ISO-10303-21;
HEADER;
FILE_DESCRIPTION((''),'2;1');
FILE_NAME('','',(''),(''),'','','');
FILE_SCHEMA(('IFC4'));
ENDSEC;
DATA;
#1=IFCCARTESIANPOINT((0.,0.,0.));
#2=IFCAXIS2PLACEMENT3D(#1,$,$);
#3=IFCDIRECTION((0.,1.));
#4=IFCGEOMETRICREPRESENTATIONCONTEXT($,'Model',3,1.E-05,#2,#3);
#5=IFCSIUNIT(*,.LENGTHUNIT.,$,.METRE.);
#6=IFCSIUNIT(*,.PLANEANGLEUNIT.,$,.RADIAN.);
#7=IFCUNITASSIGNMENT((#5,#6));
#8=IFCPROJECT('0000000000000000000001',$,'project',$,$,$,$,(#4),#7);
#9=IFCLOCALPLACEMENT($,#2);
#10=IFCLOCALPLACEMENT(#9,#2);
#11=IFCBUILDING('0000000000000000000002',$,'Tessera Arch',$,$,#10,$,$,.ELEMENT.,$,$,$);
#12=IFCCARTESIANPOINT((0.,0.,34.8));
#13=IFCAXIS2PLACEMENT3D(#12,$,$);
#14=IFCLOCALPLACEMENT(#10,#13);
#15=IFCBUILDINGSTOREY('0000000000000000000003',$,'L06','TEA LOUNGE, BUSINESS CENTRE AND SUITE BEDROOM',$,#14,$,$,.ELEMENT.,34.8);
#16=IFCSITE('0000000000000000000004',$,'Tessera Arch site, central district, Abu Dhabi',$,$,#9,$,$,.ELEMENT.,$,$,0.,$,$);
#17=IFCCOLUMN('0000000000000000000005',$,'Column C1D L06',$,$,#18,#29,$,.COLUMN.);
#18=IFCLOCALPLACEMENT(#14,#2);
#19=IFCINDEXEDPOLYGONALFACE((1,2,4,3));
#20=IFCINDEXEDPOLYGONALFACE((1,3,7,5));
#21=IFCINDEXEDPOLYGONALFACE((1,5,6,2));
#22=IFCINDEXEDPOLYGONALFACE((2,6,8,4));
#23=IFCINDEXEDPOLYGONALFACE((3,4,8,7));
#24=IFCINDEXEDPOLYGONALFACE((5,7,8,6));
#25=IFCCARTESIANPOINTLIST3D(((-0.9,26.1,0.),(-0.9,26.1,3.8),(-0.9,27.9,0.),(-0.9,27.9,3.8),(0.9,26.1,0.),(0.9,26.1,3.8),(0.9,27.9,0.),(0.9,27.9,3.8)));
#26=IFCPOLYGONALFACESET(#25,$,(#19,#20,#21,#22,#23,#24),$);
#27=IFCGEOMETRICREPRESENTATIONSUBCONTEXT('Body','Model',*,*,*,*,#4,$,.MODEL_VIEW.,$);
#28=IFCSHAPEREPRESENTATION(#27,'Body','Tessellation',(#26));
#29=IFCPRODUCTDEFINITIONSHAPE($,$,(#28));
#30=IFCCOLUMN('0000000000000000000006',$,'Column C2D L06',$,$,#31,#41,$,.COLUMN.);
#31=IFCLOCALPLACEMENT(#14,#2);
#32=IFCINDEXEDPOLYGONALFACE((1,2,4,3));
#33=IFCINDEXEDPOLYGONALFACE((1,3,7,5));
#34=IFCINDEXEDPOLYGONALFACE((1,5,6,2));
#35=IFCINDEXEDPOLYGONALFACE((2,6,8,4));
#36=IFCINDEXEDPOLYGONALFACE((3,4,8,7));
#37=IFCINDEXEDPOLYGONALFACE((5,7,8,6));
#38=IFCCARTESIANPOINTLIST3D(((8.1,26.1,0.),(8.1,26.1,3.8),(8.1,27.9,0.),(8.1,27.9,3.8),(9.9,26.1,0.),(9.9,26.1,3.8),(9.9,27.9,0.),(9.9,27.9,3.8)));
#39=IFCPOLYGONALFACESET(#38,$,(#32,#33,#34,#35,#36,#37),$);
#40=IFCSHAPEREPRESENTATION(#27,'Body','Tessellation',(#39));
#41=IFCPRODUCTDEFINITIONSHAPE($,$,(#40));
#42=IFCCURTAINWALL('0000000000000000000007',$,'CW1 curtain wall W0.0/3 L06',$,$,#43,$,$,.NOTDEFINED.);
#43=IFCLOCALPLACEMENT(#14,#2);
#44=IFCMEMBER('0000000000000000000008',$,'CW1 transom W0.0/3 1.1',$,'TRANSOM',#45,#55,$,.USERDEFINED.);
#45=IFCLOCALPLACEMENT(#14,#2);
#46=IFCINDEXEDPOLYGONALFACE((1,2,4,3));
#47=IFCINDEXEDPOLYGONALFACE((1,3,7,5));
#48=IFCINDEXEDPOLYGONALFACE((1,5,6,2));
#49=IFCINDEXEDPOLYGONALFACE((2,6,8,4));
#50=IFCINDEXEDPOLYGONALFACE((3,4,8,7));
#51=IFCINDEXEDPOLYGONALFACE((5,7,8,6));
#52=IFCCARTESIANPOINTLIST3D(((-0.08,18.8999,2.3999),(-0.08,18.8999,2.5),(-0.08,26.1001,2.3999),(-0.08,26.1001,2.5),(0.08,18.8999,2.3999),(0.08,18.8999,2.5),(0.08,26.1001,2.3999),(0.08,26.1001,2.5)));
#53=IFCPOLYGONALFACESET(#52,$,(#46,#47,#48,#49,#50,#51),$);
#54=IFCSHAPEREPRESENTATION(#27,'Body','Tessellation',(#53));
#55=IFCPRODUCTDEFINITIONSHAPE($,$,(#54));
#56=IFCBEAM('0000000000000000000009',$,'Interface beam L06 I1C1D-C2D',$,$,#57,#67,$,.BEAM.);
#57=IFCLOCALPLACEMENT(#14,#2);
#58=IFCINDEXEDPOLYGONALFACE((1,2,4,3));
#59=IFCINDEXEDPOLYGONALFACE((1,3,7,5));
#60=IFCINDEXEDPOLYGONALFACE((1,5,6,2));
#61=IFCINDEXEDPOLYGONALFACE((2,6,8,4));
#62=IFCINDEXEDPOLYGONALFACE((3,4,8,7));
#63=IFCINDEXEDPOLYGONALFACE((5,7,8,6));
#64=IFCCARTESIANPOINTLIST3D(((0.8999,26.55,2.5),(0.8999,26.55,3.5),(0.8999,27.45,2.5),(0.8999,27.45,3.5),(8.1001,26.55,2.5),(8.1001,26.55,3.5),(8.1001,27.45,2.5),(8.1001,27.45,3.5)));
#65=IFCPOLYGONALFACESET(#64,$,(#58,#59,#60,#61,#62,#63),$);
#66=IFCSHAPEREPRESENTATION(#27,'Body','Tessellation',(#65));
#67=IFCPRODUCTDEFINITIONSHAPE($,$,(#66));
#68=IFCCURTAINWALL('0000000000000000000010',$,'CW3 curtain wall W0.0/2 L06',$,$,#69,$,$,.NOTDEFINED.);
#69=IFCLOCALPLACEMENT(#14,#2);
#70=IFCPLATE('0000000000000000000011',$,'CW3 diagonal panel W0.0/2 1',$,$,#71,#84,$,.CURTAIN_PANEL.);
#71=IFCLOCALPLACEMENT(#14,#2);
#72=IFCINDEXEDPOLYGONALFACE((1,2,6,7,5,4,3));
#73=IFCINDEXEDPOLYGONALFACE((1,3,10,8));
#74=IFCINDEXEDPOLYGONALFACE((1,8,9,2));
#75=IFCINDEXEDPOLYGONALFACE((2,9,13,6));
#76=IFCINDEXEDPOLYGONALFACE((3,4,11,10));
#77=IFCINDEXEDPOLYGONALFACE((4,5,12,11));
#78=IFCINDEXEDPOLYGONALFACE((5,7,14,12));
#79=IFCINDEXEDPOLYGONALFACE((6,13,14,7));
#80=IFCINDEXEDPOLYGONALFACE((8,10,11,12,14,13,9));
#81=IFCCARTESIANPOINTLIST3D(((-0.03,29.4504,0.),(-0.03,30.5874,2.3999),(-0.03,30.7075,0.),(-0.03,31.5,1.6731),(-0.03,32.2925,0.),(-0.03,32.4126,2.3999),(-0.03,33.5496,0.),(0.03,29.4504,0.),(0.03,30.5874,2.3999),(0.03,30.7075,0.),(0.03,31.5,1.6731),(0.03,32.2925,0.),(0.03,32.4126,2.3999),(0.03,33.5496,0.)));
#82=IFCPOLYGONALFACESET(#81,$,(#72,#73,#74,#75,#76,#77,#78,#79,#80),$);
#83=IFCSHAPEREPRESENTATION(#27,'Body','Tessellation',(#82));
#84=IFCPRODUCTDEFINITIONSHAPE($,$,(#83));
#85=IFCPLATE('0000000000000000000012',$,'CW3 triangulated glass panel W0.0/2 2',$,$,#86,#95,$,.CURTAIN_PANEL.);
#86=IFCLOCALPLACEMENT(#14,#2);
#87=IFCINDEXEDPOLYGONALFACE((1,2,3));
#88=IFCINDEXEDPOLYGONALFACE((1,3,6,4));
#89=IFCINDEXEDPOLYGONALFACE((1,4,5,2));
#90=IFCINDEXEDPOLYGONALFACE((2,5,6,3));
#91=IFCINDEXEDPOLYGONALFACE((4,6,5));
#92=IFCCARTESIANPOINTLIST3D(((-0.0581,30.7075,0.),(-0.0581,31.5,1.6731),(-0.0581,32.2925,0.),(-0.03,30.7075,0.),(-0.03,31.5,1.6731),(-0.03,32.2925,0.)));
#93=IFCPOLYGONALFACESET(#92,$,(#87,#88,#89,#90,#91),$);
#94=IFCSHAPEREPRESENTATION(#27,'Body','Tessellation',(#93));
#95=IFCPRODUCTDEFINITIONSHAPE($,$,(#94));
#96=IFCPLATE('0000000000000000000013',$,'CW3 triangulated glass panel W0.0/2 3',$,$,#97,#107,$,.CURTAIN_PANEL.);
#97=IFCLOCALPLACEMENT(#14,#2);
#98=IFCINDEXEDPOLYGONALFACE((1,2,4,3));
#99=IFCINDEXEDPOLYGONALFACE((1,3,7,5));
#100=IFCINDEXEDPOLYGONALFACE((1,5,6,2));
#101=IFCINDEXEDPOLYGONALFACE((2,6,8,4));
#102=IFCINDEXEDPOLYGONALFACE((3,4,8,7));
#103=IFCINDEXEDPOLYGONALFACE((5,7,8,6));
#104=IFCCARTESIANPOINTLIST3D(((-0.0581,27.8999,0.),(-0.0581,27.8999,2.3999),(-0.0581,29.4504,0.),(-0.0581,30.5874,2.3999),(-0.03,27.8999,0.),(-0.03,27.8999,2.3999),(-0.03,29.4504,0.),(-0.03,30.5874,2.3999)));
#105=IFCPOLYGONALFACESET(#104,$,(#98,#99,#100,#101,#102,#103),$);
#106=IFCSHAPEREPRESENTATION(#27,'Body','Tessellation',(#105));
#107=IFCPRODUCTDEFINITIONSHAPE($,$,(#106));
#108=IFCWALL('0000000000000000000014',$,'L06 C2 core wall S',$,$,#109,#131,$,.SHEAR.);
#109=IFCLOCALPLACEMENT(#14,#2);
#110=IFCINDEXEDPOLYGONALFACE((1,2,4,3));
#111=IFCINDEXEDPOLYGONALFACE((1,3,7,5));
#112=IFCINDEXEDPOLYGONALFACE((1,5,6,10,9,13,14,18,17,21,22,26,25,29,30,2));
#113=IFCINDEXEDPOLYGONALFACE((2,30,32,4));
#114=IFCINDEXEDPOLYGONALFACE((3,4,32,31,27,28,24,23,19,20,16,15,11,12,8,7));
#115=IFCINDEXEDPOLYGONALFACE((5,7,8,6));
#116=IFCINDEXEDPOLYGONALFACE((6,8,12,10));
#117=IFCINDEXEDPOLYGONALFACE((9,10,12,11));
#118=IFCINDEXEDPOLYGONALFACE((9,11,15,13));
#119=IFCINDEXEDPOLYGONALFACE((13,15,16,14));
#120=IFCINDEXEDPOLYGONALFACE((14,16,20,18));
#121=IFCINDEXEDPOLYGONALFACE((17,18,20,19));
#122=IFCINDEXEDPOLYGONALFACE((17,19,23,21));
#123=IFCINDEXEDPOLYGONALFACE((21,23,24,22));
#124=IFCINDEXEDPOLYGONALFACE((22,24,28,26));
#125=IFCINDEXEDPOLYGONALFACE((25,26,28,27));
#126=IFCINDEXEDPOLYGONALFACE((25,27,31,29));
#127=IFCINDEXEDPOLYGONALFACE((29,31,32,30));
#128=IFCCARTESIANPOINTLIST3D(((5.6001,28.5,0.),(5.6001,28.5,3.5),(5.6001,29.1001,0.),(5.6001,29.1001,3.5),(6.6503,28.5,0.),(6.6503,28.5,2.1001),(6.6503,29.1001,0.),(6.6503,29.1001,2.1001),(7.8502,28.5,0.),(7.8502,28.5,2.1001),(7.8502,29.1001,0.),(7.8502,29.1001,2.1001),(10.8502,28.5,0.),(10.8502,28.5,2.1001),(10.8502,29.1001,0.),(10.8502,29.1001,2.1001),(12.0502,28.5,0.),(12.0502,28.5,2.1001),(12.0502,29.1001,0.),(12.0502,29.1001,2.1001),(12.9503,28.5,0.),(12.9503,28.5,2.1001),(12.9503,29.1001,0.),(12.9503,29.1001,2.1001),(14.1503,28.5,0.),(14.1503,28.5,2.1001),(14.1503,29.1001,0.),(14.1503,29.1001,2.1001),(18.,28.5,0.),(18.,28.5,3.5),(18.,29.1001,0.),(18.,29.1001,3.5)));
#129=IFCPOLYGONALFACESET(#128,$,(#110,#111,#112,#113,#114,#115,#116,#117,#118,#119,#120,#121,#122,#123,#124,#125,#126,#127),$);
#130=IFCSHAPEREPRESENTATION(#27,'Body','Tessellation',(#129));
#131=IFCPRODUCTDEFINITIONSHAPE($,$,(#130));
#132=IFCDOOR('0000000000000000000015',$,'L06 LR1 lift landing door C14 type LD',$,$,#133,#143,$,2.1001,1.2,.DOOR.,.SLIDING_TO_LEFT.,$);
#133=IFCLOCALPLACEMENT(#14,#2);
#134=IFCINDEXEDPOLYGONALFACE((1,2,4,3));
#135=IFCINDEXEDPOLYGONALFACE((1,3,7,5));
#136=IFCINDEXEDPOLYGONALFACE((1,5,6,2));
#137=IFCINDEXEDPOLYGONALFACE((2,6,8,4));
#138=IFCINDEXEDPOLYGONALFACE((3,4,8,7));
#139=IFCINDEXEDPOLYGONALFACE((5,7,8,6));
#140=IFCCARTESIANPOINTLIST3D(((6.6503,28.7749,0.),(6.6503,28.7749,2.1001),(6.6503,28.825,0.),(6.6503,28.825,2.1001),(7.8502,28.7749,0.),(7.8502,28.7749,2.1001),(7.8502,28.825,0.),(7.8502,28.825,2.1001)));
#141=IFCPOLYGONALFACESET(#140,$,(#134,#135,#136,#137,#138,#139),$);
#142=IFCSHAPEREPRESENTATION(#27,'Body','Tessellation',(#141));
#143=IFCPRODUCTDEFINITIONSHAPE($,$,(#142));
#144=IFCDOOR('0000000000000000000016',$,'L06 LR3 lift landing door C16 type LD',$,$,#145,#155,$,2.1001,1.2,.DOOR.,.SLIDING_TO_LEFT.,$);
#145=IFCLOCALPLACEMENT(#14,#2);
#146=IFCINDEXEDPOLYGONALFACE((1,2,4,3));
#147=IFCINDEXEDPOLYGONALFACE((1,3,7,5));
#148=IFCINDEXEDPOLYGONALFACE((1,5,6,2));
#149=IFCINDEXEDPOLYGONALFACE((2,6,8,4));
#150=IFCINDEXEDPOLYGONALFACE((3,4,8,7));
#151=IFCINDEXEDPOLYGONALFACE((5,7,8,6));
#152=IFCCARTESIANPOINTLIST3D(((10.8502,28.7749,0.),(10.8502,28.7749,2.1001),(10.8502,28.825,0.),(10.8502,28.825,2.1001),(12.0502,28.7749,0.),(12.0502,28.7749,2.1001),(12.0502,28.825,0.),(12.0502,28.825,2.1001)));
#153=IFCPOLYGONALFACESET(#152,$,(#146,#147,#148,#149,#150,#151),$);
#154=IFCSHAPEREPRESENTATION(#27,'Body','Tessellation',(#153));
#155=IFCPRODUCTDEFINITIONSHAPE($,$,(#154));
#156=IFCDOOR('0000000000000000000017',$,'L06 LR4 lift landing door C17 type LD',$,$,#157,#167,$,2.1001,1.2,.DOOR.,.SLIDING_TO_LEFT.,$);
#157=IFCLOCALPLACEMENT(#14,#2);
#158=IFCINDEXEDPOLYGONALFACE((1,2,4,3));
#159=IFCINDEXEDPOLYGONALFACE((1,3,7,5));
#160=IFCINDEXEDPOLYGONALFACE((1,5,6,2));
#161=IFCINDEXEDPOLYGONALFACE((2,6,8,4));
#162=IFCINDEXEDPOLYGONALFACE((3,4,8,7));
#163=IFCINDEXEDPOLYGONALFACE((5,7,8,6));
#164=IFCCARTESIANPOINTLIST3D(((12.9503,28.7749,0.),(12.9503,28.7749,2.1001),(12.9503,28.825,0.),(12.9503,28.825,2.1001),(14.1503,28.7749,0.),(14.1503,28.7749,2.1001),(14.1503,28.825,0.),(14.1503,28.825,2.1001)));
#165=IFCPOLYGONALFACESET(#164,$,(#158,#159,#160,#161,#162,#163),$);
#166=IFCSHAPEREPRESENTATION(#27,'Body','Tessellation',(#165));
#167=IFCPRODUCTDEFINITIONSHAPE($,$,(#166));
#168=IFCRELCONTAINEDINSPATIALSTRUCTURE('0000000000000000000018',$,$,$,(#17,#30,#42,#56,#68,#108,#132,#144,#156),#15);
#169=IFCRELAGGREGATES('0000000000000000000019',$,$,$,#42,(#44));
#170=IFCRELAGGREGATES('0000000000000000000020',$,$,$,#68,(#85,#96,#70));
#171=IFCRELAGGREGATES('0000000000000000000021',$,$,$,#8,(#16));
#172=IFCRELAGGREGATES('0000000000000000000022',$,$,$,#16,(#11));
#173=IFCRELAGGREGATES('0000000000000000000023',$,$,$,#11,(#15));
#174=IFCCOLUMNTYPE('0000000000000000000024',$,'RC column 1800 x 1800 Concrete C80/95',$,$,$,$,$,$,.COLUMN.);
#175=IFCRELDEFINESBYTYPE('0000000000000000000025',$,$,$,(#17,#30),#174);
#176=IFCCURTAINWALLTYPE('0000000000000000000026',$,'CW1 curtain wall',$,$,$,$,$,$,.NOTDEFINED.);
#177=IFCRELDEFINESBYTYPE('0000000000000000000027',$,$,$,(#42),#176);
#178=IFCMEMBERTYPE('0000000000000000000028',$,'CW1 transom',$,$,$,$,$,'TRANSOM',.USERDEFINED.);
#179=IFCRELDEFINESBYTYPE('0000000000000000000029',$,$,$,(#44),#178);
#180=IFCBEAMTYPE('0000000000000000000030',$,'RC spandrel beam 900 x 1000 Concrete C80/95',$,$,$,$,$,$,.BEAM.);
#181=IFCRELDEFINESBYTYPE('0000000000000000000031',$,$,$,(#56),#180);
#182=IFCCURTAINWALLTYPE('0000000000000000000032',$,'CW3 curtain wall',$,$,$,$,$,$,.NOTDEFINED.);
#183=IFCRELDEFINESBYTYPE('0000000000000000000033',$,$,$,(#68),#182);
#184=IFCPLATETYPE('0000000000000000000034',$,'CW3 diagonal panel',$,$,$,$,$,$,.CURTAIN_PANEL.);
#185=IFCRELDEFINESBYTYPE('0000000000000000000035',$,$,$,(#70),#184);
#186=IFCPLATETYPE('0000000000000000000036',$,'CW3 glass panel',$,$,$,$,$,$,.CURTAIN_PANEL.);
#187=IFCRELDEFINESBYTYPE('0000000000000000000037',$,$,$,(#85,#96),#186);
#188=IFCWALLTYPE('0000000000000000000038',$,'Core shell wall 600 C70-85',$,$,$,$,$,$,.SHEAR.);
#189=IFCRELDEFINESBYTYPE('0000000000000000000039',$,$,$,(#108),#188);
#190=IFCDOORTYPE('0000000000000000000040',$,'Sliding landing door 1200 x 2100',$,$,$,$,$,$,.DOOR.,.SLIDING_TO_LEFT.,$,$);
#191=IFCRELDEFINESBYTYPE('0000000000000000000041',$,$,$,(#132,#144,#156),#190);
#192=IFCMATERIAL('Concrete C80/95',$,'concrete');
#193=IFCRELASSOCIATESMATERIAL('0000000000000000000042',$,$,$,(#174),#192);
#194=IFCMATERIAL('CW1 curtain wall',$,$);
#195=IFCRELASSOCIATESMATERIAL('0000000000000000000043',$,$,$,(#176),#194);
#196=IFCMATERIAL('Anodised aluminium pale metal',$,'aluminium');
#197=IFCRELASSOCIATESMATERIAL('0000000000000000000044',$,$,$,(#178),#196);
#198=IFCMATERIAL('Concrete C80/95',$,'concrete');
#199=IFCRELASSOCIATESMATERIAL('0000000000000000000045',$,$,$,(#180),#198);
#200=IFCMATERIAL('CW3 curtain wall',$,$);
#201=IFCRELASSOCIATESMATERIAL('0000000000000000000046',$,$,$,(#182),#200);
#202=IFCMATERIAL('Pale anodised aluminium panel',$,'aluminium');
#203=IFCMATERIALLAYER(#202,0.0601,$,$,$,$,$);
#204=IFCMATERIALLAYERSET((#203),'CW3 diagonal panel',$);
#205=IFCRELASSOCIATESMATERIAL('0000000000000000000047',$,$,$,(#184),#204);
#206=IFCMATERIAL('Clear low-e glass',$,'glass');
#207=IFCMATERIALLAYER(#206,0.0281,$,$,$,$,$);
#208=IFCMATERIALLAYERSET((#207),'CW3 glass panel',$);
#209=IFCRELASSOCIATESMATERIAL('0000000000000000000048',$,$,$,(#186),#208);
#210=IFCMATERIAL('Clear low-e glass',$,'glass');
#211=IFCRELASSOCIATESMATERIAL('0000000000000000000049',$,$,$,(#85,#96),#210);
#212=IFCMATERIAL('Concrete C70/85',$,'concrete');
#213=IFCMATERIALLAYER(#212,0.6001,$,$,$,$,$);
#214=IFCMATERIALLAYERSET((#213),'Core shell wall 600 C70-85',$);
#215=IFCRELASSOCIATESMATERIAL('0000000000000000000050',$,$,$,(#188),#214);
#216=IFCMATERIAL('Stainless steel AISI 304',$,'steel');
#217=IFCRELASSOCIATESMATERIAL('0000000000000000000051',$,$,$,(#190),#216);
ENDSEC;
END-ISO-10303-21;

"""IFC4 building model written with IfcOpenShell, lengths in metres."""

from ifc_helpers import new_model, si_unit, direction, frame, frame_2d, origin, origin_2d, place, context, subcontext, project, spatial, polyline, rectangle, outline, extrude, material, layer, layer_set, material_profile, profile_set, type_object, element, fill, aggregate, save


model = new_model("IFC4")

# Units and contexts
model_context = context("Model", 3, precision=1e-05, world=origin(), true_north=direction((0.0, 1.0)))
body_context = subcontext(model_context, "Body", "Model", "MODEL_VIEW")
ifc_project = project(units=[si_unit("LENGTHUNIT", "METRE"), si_unit("PLANEANGLEUNIT", "RADIAN")], contexts=[model_context])

# Site, building, storey
site_placement = place(None, origin())
site = spatial("IfcSite", under=ifc_project, at=site_placement, Name="Tessera Arch site, central district, Abu Dhabi", CompositionType="ELEMENT", RefElevation=0.0)
building_placement = place(site_placement, origin())
building = spatial("IfcBuilding", under=site, at=building_placement, Name="Tessera Arch", CompositionType="ELEMENT")
storey_placement = place(building_placement, frame((0.0, 0.0, 34.8)))
storey = spatial("IfcBuildingStorey", under=building, at=storey_placement, Name="L06", Description="TEA LOUNGE, BUSINESS CENTRE AND SUITE BEDROOM", CompositionType="ELEMENT", Elevation=34.8)

# Columns
ifc_material_1 = material(Name="Concrete C80/95", Category="concrete")
ifc_material_profile_1 = material_profile(ifc_material_1, rectangle(XDim=1.8, YDim=1.8, at=origin_2d()), Name="RC column 1800 x 1800 Concrete C80/95")
ifc_profile_set_1 = profile_set([ifc_material_profile_1], Name="Concrete C80/95")
column_type = type_object("IfcColumnType", Name="RC column 1800 x 1800 Concrete C80/95", PredefinedType="COLUMN", material=ifc_profile_set_1)
for number, where, z_axis, x_axis, name in (
    (1, (0.0, 27.0, 0.0), (0.0, 0.0, 1.0), (1.0, 0.0, 0.0), "Column C1D L06"),
    (2, (9.0, 27.0, 0.0), (0.0, 0.0, 1.0), (1.0, 0.0, 0.0), "Column C2D L06"),
):
    element("IfcColumn", number, at=place(storey_placement, frame(where, z_axis=z_axis, x_axis=x_axis)), inside=storey, type_object=column_type, Name=name, PredefinedType="COLUMN", context=body_context, shape_type="SweptSolid", body=[
        extrude(rectangle(XDim=1.8, YDim=1.8, at=origin_2d()), origin(), (0.0, 0.0, 1.0), 3.8),
    ])

# Curtain wall, member
ifc_material_2 = material(Name="CW1 curtain wall")
curtain_wall_type_1 = type_object("IfcCurtainWallType", Name="CW1 curtain wall", PredefinedType="NOTDEFINED", material=ifc_material_2)
curtain_wall_1_placement = place(storey_placement, origin())
curtain_wall_1 = element("IfcCurtainWall", 3, at=curtain_wall_1_placement, inside=storey, type_object=curtain_wall_type_1, Name="CW1 curtain wall W0.0/3 L06", PredefinedType="NOTDEFINED")
ifc_material_3 = material(Name="Anodised aluminium pale metal", Category="aluminium")
ifc_material_profile_2 = material_profile(ifc_material_3, rectangle(XDim=0.1599, YDim=0.1001, at=origin_2d()), Name="AL 160x100")
ifc_profile_set_2 = profile_set([ifc_material_profile_2], Name="Anodised aluminium pale metal")
member_type = type_object("IfcMemberType", Name="CW1 transom", ElementType="TRANSOM", PredefinedType="USERDEFINED", material=ifc_profile_set_2)
member_placement = place(storey_placement, frame((0.0, 26.1001, 2.45), z_axis=(0.0, -1.0, 0.0), x_axis=(1.0, 0.0, 0.0)))
member = element("IfcMember", 4, at=member_placement, type_object=member_type, Name="CW1 transom W0.0/3 1.1", ObjectType="TRANSOM", PredefinedType="USERDEFINED", context=body_context, shape_type="SweptSolid", body=[
    extrude(rectangle(XDim=0.1599, YDim=0.1001, at=origin_2d()), origin(), (0.0, 0.0, 1.0), 7.2002),
])
aggregate(curtain_wall_1, [member])

# Beam
ifc_material_4 = material(Name="Concrete C80/95", Category="concrete")
ifc_material_profile_3 = material_profile(ifc_material_4, rectangle(XDim=0.8999, YDim=1.0, at=origin_2d()), Name="RC spandrel beam 900 x 1000 Concrete C80/95")
ifc_profile_set_3 = profile_set([ifc_material_profile_3], Name="Concrete C80/95")
beam_type = type_object("IfcBeamType", Name="RC spandrel beam 900 x 1000 Concrete C80/95", PredefinedType="BEAM", material=ifc_profile_set_3)
beam_placement = place(storey_placement, frame((0.8999, 27.0, 3.0), z_axis=(1.0, 0.0, 0.0), x_axis=(0.0, 1.0, 0.0)))
element("IfcBeam", 5, at=beam_placement, inside=storey, type_object=beam_type, Name="Interface beam L06 I1C1D-C2D", PredefinedType="BEAM", context=body_context, shape_type="SweptSolid", body=[
    extrude(rectangle(XDim=0.8999, YDim=1.0, at=origin_2d()), origin(), (0.0, 0.0, 1.0), 7.2002),
])

# Curtain wall, plates
ifc_material_5 = material(Name="CW3 curtain wall")
curtain_wall_type_2 = type_object("IfcCurtainWallType", Name="CW3 curtain wall", PredefinedType="NOTDEFINED", material=ifc_material_5)
curtain_wall_2_placement = place(storey_placement, origin())
curtain_wall_2 = element("IfcCurtainWall", 6, at=curtain_wall_2_placement, inside=storey, type_object=curtain_wall_type_2, Name="CW3 curtain wall W0.0/2 L06", PredefinedType="NOTDEFINED")
ifc_material_6 = material(Name="Pale anodised aluminium panel", Category="aluminium")
ifc_layer_1 = layer(ifc_material_6, 0.0601)
ifc_layer_set_1 = layer_set([ifc_layer_1], Name="CW3 diagonal panel")
plate_type_1 = type_object("IfcPlateType", Name="CW3 diagonal panel", PredefinedType="CURTAIN_PANEL", material=ifc_layer_set_1)
plate_1_placement = place(storey_placement, frame((-0.03, 30.5874, 2.3999), z_axis=(-1.0, 0.0, 0.0), x_axis=(0.0, 1.0, 0.0)))
plate_1 = element("IfcPlate", 7, at=plate_1_placement, type_object=plate_type_1, Name="CW3 diagonal panel W0.0/2 1", PredefinedType="CURTAIN_PANEL", context=body_context, shape_type="SweptSolid", body=[
    extrude(outline(polyline([(0.0, 0.0), (1.8252, 0.0), (2.9622, 2.3999), (1.7051, 2.3999), (0.9126, 0.7268), (0.1201, 2.3999), (-1.137, 2.3999), (0.0, 0.0)])), origin(), (0.0, 0.0, -1.0), 0.0601),
])
ifc_material_7 = material(Name="Clear low-e glass", Category="glass")
ifc_material_8 = material(Name="Clear low-e glass", Category="glass")
ifc_layer_2 = layer(ifc_material_8, 0.0281)
ifc_layer_set_2 = layer_set([ifc_layer_2], Name="CW3 glass panel")
plate_type_2 = type_object("IfcPlateType", Name="CW3 glass panel", PredefinedType="CURTAIN_PANEL", material=ifc_layer_set_2)
plate_2_placement = place(storey_placement, frame((-0.0581, 32.2925, 0.0), z_axis=(-1.0, 0.0, 0.0), x_axis=(0.0, -1.0, 0.0)))
plate_2 = element("IfcPlate", 8, at=plate_2_placement, type_object=plate_type_2, material=ifc_material_7, Name="CW3 triangulated glass panel W0.0/2 2", PredefinedType="CURTAIN_PANEL", context=body_context, shape_type="SweptSolid", body=[
    extrude(outline(polyline([(0.0, 0.0), (1.585, 0.0), (0.7925, 1.6731), (0.0, 0.0)])), origin(), (0.0, 0.0, -1.0), 0.0281),
])
plate_3_placement = place(storey_placement, frame((-0.0581, 27.8999, 2.3999), z_axis=(-1.0, 0.0, 0.0), x_axis=(0.0, 1.0, 0.0)))
plate_3 = element("IfcPlate", 9, at=plate_3_placement, type_object=plate_type_2, material=ifc_material_7, Name="CW3 triangulated glass panel W0.0/2 3", PredefinedType="CURTAIN_PANEL", context=body_context, shape_type="SweptSolid", body=[
    extrude(outline(polyline([(0.0, 0.0), (2.6875, 0.0), (1.5505, 2.3999), (0.0, 2.3999), (0.0, 0.0)])), origin(), (0.0, 0.0, -1.0), 0.0281),
])
aggregate(curtain_wall_2, [plate_2, plate_3, plate_1])

# Wall, openings, doors
ifc_material_9 = material(Name="Concrete C70/85", Category="concrete")
ifc_layer_3 = layer(ifc_material_9, 0.6001)
ifc_layer_set_3 = layer_set([ifc_layer_3], Name="Core shell wall 600 C70-85")
wall_type_1 = type_object("IfcWallType", Name="Core shell wall 600 C70-85", PredefinedType="SHEAR", material=ifc_layer_set_3)
wall_1_placement = place(storey_placement, frame((5.6001, 28.8, 0.0), z_axis=(0.0, 0.0, 1.0), x_axis=(1.0, 0.0, 0.0)))
wall_1 = element("IfcWall", 10, at=wall_1_placement, inside=storey, type_object=wall_type_1, Name="L06 C2 core wall S", PredefinedType="SHEAR", context=body_context, shape_type="SweptSolid", body=[
    extrude(rectangle(XDim=12.3999, YDim=0.6001, at=frame_2d((6.2, 0.0))), origin(), (0.0, 0.0, 1.0), 3.5),
])
opening_1_placement = place(wall_1_placement, frame((1.05, 0.0, 0.0)))
opening_1 = element("IfcOpeningElement", 11, at=opening_1_placement, cuts=wall_1, PredefinedType="OPENING", context=body_context, shape_type="SweptSolid", body=[
    extrude(rectangle(XDim=1.2, YDim=2.1001, at=frame_2d((0.6001, 1.05))), frame((0.0, 0.3101, 0.0), z_axis=(0.0, -1.0, 0.0), x_axis=(1.0, 0.0, 0.0)), (0.0, 0.0, 1.0), 0.6201),
])
opening_2_placement = place(wall_1_placement, frame((5.25, 0.0, 0.0)))
opening_2 = element("IfcOpeningElement", 12, at=opening_2_placement, cuts=wall_1, PredefinedType="OPENING", context=body_context, shape_type="SweptSolid", body=[
    extrude(rectangle(XDim=1.2, YDim=2.1001, at=frame_2d((0.6001, 1.05))), frame((0.0, 0.3101, 0.0), z_axis=(0.0, -1.0, 0.0), x_axis=(1.0, 0.0, 0.0)), (0.0, 0.0, 1.0), 0.6201),
])
opening_3_placement = place(wall_1_placement, frame((7.3501, 0.0, 0.0)))
opening_3 = element("IfcOpeningElement", 13, at=opening_3_placement, cuts=wall_1, PredefinedType="OPENING", context=body_context, shape_type="SweptSolid", body=[
    extrude(rectangle(XDim=1.2, YDim=2.1001, at=frame_2d((0.6001, 1.05))), frame((0.0, 0.3101, 0.0), z_axis=(0.0, -1.0, 0.0), x_axis=(1.0, 0.0, 0.0)), (0.0, 0.0, 1.0), 0.6201),
])
ifc_material_10 = material(Name="Stainless steel AISI 304", Category="steel")
door_type_1 = type_object("IfcDoorType", Name="Sliding landing door 1200 x 2100", OperationType="SLIDING_TO_LEFT", PredefinedType="DOOR", material=ifc_material_10)
door_1_placement = place(opening_1_placement, origin())
door_1 = element("IfcDoor", 14, at=door_1_placement, inside=storey, type_object=door_type_1, Name="L06 LR1 lift landing door C14 type LD", OperationType="SLIDING_TO_LEFT", OverallHeight=2.1001, OverallWidth=1.2, PredefinedType="DOOR", context=body_context, shape_type="SweptSolid", body=[
    extrude(rectangle(XDim=1.2, YDim=2.1001, at=frame_2d((0.6001, 1.05))), frame((0.0, 0.0249, 0.0), z_axis=(0.0, -1.0, 0.0), x_axis=(1.0, 0.0, 0.0)), (0.0, 0.0, 1.0), 0.05),
])
fill(opening_1, door_1)
door_2_placement = place(opening_2_placement, origin())
door_2 = element("IfcDoor", 15, at=door_2_placement, inside=storey, type_object=door_type_1, Name="L06 LR3 lift landing door C16 type LD", OperationType="SLIDING_TO_LEFT", OverallHeight=2.1001, OverallWidth=1.2, PredefinedType="DOOR", context=body_context, shape_type="SweptSolid", body=[
    extrude(rectangle(XDim=1.2, YDim=2.1001, at=frame_2d((0.6001, 1.05))), frame((0.0, 0.0249, 0.0), z_axis=(0.0, -1.0, 0.0), x_axis=(1.0, 0.0, 0.0)), (0.0, 0.0, 1.0), 0.05),
])
fill(opening_2, door_2)
door_3_placement = place(opening_3_placement, origin())
door_3 = element("IfcDoor", 16, at=door_3_placement, inside=storey, type_object=door_type_1, Name="L06 LR4 lift landing door C17 type LD", OperationType="SLIDING_TO_LEFT", OverallHeight=2.1001, OverallWidth=1.2, PredefinedType="DOOR", context=body_context, shape_type="SweptSolid", body=[
    extrude(rectangle(XDim=1.2, YDim=2.1001, at=frame_2d((0.6001, 1.05))), frame((0.0, 0.0249, 0.0), z_axis=(0.0, -1.0, 0.0), x_axis=(1.0, 0.0, 0.0)), (0.0, 0.0, 1.0), 0.05),
])
fill(opening_3, door_3)

save(model, "model.ifc")
